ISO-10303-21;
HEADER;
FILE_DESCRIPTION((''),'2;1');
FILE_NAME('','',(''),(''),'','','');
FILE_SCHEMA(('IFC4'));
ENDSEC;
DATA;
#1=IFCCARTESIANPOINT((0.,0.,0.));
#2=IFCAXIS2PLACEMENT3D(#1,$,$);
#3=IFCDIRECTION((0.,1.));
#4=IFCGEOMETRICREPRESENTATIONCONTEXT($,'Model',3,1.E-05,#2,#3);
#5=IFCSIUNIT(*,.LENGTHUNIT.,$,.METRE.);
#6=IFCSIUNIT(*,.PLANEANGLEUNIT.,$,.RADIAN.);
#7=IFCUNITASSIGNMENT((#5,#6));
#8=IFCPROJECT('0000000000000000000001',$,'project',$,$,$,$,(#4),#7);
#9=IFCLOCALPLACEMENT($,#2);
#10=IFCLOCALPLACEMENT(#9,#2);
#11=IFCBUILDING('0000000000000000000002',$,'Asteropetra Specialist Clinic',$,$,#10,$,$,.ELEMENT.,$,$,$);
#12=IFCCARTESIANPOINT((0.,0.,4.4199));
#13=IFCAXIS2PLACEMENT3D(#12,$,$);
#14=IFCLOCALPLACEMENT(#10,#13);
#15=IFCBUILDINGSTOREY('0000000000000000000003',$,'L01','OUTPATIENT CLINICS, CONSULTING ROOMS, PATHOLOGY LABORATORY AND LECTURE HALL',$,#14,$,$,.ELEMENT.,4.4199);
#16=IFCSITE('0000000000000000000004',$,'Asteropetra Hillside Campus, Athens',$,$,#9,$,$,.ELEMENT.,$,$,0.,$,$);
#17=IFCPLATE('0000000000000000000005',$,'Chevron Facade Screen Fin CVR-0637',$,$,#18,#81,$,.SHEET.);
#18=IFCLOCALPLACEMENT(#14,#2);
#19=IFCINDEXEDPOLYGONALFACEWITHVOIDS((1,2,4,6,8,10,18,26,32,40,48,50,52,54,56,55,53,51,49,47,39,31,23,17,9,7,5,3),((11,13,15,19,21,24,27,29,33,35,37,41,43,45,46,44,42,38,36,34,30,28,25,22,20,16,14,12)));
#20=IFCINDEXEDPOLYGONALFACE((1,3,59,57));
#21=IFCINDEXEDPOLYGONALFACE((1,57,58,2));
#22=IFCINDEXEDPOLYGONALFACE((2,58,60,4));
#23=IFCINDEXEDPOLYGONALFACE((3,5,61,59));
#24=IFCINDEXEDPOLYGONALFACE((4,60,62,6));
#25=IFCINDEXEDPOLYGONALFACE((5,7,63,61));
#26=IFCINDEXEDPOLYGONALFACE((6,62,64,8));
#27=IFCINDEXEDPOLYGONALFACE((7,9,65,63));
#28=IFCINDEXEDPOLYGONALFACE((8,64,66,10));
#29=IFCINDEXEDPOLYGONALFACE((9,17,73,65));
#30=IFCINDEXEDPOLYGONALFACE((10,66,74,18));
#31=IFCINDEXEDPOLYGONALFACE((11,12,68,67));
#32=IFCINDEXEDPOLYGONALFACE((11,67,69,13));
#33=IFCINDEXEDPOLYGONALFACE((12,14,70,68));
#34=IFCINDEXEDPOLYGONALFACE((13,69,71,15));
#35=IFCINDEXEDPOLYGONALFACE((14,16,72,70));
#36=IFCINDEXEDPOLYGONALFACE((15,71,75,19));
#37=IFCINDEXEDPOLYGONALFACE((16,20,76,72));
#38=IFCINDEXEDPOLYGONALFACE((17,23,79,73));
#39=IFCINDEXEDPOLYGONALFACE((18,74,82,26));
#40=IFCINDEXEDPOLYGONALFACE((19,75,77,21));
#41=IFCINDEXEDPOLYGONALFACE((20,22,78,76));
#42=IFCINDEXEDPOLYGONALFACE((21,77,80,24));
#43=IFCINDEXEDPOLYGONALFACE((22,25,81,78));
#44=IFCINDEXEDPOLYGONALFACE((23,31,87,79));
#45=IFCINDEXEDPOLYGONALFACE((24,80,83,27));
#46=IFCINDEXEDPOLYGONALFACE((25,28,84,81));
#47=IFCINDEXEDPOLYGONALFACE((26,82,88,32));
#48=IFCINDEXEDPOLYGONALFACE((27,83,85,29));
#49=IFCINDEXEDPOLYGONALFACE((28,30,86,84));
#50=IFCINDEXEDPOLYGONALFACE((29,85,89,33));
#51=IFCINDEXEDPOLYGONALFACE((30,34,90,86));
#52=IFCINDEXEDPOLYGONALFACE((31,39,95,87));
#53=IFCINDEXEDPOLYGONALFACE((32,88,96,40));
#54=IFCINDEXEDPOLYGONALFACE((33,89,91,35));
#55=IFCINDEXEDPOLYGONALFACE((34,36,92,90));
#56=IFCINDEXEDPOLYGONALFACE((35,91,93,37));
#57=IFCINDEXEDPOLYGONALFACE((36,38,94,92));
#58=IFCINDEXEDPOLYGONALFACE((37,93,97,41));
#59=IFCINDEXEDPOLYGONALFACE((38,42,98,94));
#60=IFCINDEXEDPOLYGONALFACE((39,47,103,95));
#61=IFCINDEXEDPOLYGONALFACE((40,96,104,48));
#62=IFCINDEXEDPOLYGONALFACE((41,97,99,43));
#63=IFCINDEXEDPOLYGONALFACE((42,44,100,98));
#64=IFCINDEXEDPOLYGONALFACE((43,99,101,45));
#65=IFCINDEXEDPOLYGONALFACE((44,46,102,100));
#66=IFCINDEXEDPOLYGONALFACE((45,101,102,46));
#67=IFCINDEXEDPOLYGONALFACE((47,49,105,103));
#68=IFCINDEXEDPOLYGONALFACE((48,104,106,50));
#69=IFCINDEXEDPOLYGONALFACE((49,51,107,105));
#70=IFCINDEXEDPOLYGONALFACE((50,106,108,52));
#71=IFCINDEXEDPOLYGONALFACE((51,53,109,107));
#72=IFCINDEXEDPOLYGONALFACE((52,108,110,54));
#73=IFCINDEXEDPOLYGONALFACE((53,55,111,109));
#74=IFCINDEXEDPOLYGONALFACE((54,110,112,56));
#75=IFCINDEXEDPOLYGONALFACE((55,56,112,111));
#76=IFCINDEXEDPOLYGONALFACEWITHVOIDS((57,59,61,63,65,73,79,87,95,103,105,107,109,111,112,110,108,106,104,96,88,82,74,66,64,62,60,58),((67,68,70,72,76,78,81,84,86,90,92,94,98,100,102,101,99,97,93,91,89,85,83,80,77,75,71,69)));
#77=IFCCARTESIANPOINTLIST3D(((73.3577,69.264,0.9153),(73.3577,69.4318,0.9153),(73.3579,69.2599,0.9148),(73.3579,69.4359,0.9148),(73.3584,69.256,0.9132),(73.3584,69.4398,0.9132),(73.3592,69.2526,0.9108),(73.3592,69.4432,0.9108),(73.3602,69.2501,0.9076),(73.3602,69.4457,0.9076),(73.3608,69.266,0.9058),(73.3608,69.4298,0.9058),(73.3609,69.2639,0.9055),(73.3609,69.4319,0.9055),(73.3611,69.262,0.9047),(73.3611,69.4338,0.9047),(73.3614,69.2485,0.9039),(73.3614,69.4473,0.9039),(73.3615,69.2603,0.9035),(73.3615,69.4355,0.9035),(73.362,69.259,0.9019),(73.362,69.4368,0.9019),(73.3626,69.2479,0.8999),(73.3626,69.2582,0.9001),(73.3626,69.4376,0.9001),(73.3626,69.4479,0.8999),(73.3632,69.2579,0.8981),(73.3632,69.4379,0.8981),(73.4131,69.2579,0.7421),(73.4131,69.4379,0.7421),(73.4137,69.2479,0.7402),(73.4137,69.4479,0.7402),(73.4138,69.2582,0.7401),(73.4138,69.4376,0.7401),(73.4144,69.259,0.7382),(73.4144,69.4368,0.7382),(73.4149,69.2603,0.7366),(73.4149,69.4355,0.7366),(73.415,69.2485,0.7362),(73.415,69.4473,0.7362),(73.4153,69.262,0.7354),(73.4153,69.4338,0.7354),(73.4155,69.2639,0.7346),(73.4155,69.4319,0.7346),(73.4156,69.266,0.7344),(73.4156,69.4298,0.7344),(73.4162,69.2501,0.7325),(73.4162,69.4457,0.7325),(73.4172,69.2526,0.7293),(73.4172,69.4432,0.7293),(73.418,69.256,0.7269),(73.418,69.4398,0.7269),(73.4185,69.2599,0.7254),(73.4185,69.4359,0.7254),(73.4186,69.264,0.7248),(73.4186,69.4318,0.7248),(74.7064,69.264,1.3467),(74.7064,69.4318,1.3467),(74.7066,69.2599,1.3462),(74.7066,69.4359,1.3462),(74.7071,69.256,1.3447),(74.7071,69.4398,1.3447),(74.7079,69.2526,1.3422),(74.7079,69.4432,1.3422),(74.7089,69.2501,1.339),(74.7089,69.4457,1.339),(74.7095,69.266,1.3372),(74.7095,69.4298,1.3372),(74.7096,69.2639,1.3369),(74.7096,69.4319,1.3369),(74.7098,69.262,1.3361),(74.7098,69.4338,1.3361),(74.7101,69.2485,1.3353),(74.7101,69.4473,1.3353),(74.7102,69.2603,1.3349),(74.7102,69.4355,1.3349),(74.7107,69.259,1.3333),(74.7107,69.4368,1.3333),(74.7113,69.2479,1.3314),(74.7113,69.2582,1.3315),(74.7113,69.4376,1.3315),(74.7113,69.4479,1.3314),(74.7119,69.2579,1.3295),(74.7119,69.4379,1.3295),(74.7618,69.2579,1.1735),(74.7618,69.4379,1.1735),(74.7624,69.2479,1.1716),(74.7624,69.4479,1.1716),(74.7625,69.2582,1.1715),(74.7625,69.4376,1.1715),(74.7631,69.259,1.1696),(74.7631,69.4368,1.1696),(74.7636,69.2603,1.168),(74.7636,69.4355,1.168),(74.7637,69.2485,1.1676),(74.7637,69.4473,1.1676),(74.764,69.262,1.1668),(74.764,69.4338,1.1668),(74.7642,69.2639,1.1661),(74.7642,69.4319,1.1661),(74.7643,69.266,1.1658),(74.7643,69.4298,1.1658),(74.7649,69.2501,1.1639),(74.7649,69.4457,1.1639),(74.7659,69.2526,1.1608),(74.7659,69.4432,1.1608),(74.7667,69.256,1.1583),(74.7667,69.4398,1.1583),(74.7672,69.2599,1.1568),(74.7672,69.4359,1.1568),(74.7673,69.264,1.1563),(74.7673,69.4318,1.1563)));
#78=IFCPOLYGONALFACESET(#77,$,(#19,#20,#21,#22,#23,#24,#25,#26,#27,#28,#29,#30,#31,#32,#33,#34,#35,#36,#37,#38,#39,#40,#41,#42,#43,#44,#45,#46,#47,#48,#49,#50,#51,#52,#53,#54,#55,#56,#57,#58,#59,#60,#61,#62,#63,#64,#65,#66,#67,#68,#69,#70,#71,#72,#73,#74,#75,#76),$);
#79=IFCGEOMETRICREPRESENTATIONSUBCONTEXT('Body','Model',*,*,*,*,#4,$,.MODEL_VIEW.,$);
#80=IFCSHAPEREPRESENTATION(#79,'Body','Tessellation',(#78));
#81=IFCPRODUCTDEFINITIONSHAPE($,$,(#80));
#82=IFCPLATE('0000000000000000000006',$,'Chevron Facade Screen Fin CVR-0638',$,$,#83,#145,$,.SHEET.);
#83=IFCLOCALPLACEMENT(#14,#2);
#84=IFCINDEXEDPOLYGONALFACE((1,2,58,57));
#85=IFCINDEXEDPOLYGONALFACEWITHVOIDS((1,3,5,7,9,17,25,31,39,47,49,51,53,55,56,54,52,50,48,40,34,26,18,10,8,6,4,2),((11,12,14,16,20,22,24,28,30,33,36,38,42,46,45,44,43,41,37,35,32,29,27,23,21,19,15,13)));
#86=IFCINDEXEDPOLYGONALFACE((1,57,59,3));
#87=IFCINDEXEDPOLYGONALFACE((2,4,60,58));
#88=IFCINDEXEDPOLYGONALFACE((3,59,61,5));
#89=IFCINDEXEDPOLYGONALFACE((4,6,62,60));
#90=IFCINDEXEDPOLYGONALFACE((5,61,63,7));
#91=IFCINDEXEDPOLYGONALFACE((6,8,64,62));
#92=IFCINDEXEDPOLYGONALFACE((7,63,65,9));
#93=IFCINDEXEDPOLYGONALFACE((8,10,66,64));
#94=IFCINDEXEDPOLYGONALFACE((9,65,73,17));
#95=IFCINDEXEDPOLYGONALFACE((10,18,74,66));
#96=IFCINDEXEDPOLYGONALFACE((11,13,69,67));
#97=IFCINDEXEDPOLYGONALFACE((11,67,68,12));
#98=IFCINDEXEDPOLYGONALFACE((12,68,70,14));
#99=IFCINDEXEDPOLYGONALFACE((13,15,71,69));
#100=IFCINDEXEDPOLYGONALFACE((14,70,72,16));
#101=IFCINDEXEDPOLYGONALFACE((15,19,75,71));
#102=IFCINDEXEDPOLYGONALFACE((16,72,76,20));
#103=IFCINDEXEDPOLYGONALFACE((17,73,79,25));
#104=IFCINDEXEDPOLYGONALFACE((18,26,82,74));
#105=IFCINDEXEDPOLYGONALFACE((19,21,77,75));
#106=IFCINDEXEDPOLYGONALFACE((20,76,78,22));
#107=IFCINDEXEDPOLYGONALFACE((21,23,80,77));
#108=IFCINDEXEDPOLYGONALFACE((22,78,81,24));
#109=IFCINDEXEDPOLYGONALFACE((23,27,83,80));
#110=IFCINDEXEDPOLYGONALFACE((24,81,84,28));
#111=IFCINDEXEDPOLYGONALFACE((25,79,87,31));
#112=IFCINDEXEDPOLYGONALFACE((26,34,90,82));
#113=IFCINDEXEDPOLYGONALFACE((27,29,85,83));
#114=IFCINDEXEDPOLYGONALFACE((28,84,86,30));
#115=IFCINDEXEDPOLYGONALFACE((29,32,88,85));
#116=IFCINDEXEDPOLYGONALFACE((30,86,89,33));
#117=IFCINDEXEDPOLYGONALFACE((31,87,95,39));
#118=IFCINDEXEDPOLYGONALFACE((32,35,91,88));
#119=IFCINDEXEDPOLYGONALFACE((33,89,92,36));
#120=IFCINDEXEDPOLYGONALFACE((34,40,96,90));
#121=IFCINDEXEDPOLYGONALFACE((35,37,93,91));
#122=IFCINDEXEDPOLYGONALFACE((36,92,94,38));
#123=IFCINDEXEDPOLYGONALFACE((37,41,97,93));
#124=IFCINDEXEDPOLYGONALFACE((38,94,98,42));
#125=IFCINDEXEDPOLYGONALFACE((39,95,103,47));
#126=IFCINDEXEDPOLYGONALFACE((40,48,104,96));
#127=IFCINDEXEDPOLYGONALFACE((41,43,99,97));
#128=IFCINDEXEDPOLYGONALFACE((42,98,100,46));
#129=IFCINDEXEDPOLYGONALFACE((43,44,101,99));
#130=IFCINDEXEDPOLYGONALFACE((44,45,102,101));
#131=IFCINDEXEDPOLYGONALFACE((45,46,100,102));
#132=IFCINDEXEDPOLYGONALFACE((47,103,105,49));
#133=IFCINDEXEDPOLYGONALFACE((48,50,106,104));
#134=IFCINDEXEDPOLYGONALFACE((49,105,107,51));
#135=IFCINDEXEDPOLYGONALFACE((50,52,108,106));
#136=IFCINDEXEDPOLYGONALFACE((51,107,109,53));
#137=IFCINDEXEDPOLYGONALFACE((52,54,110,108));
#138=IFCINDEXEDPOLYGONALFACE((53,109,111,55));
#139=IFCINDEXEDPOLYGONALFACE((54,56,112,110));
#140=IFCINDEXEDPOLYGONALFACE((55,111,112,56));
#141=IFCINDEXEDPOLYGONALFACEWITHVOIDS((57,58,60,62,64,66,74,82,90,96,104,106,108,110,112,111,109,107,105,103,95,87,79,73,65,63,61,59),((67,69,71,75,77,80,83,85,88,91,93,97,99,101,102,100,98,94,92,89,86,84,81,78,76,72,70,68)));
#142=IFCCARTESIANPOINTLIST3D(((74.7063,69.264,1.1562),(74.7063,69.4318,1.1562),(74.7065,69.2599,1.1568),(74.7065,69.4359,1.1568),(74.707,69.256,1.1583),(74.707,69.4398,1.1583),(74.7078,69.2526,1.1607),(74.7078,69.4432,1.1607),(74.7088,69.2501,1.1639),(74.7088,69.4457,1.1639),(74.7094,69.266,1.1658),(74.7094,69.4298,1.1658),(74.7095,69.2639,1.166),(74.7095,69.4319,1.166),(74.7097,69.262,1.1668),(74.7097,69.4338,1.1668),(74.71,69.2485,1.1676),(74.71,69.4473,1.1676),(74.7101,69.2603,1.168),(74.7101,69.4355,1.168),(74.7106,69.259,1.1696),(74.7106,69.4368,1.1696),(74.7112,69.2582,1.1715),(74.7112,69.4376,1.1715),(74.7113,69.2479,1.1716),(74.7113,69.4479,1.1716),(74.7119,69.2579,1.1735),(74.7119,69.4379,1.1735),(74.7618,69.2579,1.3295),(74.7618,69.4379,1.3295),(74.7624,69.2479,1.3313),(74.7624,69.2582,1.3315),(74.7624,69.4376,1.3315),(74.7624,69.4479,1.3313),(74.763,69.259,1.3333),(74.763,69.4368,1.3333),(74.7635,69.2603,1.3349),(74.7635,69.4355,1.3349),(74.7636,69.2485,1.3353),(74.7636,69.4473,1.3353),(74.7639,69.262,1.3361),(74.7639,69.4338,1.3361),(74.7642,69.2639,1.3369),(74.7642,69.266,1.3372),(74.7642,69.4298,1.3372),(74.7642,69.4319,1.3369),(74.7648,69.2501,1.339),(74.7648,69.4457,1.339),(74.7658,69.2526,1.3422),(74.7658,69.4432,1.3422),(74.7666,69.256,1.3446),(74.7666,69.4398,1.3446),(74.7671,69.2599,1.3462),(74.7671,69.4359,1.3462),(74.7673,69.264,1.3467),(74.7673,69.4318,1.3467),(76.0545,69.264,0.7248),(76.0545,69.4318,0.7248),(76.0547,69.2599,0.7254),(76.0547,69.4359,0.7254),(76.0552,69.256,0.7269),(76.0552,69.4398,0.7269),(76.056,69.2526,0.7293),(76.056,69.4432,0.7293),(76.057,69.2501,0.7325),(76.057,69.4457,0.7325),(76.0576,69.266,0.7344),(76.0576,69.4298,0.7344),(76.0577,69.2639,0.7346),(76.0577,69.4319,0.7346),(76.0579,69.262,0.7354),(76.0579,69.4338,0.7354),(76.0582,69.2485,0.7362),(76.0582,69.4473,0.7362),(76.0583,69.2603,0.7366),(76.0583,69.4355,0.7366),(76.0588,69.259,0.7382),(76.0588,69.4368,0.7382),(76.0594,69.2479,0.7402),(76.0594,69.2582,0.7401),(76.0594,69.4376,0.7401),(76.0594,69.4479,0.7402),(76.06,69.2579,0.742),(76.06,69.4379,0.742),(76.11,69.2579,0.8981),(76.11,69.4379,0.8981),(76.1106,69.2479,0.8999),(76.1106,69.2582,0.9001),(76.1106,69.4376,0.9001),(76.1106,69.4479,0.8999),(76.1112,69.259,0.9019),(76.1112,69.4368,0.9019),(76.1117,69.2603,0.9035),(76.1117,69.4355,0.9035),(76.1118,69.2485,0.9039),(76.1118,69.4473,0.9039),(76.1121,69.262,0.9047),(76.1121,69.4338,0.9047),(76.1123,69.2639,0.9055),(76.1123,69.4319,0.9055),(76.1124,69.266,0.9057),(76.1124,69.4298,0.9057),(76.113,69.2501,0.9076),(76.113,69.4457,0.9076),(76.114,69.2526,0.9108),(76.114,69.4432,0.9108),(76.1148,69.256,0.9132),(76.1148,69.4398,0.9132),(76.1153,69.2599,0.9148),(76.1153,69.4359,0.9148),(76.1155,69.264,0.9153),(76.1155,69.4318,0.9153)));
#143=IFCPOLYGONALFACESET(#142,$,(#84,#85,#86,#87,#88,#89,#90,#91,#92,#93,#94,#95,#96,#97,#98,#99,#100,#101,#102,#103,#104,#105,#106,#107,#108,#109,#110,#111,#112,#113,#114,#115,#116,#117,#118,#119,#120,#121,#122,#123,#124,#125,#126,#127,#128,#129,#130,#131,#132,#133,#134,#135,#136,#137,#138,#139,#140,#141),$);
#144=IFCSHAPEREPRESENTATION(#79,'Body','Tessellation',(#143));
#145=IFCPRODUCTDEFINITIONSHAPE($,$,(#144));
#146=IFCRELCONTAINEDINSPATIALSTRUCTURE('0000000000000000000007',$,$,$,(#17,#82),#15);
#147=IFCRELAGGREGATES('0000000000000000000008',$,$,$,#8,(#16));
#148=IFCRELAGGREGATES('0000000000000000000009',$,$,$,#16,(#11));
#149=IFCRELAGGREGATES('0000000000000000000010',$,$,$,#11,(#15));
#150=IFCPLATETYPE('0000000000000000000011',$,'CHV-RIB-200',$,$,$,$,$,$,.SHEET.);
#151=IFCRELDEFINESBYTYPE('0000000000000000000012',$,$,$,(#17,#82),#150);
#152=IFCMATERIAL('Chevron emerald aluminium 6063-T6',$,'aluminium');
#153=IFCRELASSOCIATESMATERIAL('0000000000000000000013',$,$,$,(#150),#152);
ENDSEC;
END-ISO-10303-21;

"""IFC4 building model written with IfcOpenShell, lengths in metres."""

from ifc_helpers import new_model, si_unit, direction, frame, origin, origin_2d, place, context, subcontext, project, spatial, hollow_rectangle, extrude, material, material_profile, profile_set, type_object, element, save


model = new_model("IFC4")

# Units and contexts
model_context = context("Model", 3, precision=1e-05, world=origin(), true_north=direction((0.0, 1.0)))
body_context = subcontext(model_context, "Body", "Model", "MODEL_VIEW")
ifc_project = project(units=[si_unit("LENGTHUNIT", "METRE"), si_unit("PLANEANGLEUNIT", "RADIAN")], contexts=[model_context])

# Site, building, storey
site_placement = place(None, origin())
site = spatial("IfcSite", under=ifc_project, at=site_placement, Name="Asteropetra Hillside Campus, Athens", CompositionType="ELEMENT", RefElevation=0.0)
building_placement = place(site_placement, origin())
building = spatial("IfcBuilding", under=site, at=building_placement, Name="Asteropetra Specialist Clinic", CompositionType="ELEMENT")
storey_placement = place(building_placement, frame((0.0, 0.0, 4.4199)))
storey = spatial("IfcBuildingStorey", under=building, at=storey_placement, Name="L01", Description="OUTPATIENT CLINICS, CONSULTING ROOMS, PATHOLOGY LABORATORY AND LECTURE HALL", CompositionType="ELEMENT", Elevation=4.4199)

# Plates
ifc_material_1 = material(Name="Chevron emerald aluminium 6063-T6", Category="aluminium")
ifc_material_profile_1 = material_profile(ifc_material_1, hollow_rectangle(XDim=0.2, YDim=0.2, WallThickness=0.01, InnerFilletRadius=0.0081, OuterFilletRadius=0.0161, at=origin_2d()), Name="SHS 200x200x10.0")
ifc_profile_set_1 = profile_set([ifc_material_profile_1], Name="Chevron emerald aluminium 6063-T6")
plate_type_1 = type_object("IfcPlateType", Name="CHV-RIB-200", PredefinedType="SHEET", material=ifc_profile_set_1)
plate_1_placement = place(storey_placement, frame((73.3882, 69.3479, 0.8201), z_axis=(0.952458, 0.0, 0.304669), x_axis=(0.0, 1.0, 0.0)))
element("IfcPlate", 1, at=plate_1_placement, inside=storey, type_object=plate_type_1, Name="Chevron Facade Screen Fin CVR-0637", PredefinedType="SHEET", context=body_context, shape_type="SweptSolid", body=[
    extrude(hollow_rectangle(XDim=0.2, YDim=0.2, WallThickness=0.01, InnerFilletRadius=0.0081, OuterFilletRadius=0.0161, at=origin_2d()), origin(), (0.0, 0.0, 1.0), 1.416),
])
plate_2_placement = place(storey_placement, frame((74.7368, 69.3479, 1.2515), z_axis=(0.952426, 0.0, -0.304769), x_axis=(0.0, 1.0, 0.0)))
element("IfcPlate", 2, at=plate_2_placement, inside=storey, type_object=plate_type_1, Name="Chevron Facade Screen Fin CVR-0638", PredefinedType="SHEET", context=body_context, shape_type="SweptSolid", body=[
    extrude(hollow_rectangle(XDim=0.2, YDim=0.2, WallThickness=0.01, InnerFilletRadius=0.0081, OuterFilletRadius=0.0161, at=origin_2d()), origin(), (0.0, 0.0, 1.0), 1.4155),
])

save(model, "model.ifc")
